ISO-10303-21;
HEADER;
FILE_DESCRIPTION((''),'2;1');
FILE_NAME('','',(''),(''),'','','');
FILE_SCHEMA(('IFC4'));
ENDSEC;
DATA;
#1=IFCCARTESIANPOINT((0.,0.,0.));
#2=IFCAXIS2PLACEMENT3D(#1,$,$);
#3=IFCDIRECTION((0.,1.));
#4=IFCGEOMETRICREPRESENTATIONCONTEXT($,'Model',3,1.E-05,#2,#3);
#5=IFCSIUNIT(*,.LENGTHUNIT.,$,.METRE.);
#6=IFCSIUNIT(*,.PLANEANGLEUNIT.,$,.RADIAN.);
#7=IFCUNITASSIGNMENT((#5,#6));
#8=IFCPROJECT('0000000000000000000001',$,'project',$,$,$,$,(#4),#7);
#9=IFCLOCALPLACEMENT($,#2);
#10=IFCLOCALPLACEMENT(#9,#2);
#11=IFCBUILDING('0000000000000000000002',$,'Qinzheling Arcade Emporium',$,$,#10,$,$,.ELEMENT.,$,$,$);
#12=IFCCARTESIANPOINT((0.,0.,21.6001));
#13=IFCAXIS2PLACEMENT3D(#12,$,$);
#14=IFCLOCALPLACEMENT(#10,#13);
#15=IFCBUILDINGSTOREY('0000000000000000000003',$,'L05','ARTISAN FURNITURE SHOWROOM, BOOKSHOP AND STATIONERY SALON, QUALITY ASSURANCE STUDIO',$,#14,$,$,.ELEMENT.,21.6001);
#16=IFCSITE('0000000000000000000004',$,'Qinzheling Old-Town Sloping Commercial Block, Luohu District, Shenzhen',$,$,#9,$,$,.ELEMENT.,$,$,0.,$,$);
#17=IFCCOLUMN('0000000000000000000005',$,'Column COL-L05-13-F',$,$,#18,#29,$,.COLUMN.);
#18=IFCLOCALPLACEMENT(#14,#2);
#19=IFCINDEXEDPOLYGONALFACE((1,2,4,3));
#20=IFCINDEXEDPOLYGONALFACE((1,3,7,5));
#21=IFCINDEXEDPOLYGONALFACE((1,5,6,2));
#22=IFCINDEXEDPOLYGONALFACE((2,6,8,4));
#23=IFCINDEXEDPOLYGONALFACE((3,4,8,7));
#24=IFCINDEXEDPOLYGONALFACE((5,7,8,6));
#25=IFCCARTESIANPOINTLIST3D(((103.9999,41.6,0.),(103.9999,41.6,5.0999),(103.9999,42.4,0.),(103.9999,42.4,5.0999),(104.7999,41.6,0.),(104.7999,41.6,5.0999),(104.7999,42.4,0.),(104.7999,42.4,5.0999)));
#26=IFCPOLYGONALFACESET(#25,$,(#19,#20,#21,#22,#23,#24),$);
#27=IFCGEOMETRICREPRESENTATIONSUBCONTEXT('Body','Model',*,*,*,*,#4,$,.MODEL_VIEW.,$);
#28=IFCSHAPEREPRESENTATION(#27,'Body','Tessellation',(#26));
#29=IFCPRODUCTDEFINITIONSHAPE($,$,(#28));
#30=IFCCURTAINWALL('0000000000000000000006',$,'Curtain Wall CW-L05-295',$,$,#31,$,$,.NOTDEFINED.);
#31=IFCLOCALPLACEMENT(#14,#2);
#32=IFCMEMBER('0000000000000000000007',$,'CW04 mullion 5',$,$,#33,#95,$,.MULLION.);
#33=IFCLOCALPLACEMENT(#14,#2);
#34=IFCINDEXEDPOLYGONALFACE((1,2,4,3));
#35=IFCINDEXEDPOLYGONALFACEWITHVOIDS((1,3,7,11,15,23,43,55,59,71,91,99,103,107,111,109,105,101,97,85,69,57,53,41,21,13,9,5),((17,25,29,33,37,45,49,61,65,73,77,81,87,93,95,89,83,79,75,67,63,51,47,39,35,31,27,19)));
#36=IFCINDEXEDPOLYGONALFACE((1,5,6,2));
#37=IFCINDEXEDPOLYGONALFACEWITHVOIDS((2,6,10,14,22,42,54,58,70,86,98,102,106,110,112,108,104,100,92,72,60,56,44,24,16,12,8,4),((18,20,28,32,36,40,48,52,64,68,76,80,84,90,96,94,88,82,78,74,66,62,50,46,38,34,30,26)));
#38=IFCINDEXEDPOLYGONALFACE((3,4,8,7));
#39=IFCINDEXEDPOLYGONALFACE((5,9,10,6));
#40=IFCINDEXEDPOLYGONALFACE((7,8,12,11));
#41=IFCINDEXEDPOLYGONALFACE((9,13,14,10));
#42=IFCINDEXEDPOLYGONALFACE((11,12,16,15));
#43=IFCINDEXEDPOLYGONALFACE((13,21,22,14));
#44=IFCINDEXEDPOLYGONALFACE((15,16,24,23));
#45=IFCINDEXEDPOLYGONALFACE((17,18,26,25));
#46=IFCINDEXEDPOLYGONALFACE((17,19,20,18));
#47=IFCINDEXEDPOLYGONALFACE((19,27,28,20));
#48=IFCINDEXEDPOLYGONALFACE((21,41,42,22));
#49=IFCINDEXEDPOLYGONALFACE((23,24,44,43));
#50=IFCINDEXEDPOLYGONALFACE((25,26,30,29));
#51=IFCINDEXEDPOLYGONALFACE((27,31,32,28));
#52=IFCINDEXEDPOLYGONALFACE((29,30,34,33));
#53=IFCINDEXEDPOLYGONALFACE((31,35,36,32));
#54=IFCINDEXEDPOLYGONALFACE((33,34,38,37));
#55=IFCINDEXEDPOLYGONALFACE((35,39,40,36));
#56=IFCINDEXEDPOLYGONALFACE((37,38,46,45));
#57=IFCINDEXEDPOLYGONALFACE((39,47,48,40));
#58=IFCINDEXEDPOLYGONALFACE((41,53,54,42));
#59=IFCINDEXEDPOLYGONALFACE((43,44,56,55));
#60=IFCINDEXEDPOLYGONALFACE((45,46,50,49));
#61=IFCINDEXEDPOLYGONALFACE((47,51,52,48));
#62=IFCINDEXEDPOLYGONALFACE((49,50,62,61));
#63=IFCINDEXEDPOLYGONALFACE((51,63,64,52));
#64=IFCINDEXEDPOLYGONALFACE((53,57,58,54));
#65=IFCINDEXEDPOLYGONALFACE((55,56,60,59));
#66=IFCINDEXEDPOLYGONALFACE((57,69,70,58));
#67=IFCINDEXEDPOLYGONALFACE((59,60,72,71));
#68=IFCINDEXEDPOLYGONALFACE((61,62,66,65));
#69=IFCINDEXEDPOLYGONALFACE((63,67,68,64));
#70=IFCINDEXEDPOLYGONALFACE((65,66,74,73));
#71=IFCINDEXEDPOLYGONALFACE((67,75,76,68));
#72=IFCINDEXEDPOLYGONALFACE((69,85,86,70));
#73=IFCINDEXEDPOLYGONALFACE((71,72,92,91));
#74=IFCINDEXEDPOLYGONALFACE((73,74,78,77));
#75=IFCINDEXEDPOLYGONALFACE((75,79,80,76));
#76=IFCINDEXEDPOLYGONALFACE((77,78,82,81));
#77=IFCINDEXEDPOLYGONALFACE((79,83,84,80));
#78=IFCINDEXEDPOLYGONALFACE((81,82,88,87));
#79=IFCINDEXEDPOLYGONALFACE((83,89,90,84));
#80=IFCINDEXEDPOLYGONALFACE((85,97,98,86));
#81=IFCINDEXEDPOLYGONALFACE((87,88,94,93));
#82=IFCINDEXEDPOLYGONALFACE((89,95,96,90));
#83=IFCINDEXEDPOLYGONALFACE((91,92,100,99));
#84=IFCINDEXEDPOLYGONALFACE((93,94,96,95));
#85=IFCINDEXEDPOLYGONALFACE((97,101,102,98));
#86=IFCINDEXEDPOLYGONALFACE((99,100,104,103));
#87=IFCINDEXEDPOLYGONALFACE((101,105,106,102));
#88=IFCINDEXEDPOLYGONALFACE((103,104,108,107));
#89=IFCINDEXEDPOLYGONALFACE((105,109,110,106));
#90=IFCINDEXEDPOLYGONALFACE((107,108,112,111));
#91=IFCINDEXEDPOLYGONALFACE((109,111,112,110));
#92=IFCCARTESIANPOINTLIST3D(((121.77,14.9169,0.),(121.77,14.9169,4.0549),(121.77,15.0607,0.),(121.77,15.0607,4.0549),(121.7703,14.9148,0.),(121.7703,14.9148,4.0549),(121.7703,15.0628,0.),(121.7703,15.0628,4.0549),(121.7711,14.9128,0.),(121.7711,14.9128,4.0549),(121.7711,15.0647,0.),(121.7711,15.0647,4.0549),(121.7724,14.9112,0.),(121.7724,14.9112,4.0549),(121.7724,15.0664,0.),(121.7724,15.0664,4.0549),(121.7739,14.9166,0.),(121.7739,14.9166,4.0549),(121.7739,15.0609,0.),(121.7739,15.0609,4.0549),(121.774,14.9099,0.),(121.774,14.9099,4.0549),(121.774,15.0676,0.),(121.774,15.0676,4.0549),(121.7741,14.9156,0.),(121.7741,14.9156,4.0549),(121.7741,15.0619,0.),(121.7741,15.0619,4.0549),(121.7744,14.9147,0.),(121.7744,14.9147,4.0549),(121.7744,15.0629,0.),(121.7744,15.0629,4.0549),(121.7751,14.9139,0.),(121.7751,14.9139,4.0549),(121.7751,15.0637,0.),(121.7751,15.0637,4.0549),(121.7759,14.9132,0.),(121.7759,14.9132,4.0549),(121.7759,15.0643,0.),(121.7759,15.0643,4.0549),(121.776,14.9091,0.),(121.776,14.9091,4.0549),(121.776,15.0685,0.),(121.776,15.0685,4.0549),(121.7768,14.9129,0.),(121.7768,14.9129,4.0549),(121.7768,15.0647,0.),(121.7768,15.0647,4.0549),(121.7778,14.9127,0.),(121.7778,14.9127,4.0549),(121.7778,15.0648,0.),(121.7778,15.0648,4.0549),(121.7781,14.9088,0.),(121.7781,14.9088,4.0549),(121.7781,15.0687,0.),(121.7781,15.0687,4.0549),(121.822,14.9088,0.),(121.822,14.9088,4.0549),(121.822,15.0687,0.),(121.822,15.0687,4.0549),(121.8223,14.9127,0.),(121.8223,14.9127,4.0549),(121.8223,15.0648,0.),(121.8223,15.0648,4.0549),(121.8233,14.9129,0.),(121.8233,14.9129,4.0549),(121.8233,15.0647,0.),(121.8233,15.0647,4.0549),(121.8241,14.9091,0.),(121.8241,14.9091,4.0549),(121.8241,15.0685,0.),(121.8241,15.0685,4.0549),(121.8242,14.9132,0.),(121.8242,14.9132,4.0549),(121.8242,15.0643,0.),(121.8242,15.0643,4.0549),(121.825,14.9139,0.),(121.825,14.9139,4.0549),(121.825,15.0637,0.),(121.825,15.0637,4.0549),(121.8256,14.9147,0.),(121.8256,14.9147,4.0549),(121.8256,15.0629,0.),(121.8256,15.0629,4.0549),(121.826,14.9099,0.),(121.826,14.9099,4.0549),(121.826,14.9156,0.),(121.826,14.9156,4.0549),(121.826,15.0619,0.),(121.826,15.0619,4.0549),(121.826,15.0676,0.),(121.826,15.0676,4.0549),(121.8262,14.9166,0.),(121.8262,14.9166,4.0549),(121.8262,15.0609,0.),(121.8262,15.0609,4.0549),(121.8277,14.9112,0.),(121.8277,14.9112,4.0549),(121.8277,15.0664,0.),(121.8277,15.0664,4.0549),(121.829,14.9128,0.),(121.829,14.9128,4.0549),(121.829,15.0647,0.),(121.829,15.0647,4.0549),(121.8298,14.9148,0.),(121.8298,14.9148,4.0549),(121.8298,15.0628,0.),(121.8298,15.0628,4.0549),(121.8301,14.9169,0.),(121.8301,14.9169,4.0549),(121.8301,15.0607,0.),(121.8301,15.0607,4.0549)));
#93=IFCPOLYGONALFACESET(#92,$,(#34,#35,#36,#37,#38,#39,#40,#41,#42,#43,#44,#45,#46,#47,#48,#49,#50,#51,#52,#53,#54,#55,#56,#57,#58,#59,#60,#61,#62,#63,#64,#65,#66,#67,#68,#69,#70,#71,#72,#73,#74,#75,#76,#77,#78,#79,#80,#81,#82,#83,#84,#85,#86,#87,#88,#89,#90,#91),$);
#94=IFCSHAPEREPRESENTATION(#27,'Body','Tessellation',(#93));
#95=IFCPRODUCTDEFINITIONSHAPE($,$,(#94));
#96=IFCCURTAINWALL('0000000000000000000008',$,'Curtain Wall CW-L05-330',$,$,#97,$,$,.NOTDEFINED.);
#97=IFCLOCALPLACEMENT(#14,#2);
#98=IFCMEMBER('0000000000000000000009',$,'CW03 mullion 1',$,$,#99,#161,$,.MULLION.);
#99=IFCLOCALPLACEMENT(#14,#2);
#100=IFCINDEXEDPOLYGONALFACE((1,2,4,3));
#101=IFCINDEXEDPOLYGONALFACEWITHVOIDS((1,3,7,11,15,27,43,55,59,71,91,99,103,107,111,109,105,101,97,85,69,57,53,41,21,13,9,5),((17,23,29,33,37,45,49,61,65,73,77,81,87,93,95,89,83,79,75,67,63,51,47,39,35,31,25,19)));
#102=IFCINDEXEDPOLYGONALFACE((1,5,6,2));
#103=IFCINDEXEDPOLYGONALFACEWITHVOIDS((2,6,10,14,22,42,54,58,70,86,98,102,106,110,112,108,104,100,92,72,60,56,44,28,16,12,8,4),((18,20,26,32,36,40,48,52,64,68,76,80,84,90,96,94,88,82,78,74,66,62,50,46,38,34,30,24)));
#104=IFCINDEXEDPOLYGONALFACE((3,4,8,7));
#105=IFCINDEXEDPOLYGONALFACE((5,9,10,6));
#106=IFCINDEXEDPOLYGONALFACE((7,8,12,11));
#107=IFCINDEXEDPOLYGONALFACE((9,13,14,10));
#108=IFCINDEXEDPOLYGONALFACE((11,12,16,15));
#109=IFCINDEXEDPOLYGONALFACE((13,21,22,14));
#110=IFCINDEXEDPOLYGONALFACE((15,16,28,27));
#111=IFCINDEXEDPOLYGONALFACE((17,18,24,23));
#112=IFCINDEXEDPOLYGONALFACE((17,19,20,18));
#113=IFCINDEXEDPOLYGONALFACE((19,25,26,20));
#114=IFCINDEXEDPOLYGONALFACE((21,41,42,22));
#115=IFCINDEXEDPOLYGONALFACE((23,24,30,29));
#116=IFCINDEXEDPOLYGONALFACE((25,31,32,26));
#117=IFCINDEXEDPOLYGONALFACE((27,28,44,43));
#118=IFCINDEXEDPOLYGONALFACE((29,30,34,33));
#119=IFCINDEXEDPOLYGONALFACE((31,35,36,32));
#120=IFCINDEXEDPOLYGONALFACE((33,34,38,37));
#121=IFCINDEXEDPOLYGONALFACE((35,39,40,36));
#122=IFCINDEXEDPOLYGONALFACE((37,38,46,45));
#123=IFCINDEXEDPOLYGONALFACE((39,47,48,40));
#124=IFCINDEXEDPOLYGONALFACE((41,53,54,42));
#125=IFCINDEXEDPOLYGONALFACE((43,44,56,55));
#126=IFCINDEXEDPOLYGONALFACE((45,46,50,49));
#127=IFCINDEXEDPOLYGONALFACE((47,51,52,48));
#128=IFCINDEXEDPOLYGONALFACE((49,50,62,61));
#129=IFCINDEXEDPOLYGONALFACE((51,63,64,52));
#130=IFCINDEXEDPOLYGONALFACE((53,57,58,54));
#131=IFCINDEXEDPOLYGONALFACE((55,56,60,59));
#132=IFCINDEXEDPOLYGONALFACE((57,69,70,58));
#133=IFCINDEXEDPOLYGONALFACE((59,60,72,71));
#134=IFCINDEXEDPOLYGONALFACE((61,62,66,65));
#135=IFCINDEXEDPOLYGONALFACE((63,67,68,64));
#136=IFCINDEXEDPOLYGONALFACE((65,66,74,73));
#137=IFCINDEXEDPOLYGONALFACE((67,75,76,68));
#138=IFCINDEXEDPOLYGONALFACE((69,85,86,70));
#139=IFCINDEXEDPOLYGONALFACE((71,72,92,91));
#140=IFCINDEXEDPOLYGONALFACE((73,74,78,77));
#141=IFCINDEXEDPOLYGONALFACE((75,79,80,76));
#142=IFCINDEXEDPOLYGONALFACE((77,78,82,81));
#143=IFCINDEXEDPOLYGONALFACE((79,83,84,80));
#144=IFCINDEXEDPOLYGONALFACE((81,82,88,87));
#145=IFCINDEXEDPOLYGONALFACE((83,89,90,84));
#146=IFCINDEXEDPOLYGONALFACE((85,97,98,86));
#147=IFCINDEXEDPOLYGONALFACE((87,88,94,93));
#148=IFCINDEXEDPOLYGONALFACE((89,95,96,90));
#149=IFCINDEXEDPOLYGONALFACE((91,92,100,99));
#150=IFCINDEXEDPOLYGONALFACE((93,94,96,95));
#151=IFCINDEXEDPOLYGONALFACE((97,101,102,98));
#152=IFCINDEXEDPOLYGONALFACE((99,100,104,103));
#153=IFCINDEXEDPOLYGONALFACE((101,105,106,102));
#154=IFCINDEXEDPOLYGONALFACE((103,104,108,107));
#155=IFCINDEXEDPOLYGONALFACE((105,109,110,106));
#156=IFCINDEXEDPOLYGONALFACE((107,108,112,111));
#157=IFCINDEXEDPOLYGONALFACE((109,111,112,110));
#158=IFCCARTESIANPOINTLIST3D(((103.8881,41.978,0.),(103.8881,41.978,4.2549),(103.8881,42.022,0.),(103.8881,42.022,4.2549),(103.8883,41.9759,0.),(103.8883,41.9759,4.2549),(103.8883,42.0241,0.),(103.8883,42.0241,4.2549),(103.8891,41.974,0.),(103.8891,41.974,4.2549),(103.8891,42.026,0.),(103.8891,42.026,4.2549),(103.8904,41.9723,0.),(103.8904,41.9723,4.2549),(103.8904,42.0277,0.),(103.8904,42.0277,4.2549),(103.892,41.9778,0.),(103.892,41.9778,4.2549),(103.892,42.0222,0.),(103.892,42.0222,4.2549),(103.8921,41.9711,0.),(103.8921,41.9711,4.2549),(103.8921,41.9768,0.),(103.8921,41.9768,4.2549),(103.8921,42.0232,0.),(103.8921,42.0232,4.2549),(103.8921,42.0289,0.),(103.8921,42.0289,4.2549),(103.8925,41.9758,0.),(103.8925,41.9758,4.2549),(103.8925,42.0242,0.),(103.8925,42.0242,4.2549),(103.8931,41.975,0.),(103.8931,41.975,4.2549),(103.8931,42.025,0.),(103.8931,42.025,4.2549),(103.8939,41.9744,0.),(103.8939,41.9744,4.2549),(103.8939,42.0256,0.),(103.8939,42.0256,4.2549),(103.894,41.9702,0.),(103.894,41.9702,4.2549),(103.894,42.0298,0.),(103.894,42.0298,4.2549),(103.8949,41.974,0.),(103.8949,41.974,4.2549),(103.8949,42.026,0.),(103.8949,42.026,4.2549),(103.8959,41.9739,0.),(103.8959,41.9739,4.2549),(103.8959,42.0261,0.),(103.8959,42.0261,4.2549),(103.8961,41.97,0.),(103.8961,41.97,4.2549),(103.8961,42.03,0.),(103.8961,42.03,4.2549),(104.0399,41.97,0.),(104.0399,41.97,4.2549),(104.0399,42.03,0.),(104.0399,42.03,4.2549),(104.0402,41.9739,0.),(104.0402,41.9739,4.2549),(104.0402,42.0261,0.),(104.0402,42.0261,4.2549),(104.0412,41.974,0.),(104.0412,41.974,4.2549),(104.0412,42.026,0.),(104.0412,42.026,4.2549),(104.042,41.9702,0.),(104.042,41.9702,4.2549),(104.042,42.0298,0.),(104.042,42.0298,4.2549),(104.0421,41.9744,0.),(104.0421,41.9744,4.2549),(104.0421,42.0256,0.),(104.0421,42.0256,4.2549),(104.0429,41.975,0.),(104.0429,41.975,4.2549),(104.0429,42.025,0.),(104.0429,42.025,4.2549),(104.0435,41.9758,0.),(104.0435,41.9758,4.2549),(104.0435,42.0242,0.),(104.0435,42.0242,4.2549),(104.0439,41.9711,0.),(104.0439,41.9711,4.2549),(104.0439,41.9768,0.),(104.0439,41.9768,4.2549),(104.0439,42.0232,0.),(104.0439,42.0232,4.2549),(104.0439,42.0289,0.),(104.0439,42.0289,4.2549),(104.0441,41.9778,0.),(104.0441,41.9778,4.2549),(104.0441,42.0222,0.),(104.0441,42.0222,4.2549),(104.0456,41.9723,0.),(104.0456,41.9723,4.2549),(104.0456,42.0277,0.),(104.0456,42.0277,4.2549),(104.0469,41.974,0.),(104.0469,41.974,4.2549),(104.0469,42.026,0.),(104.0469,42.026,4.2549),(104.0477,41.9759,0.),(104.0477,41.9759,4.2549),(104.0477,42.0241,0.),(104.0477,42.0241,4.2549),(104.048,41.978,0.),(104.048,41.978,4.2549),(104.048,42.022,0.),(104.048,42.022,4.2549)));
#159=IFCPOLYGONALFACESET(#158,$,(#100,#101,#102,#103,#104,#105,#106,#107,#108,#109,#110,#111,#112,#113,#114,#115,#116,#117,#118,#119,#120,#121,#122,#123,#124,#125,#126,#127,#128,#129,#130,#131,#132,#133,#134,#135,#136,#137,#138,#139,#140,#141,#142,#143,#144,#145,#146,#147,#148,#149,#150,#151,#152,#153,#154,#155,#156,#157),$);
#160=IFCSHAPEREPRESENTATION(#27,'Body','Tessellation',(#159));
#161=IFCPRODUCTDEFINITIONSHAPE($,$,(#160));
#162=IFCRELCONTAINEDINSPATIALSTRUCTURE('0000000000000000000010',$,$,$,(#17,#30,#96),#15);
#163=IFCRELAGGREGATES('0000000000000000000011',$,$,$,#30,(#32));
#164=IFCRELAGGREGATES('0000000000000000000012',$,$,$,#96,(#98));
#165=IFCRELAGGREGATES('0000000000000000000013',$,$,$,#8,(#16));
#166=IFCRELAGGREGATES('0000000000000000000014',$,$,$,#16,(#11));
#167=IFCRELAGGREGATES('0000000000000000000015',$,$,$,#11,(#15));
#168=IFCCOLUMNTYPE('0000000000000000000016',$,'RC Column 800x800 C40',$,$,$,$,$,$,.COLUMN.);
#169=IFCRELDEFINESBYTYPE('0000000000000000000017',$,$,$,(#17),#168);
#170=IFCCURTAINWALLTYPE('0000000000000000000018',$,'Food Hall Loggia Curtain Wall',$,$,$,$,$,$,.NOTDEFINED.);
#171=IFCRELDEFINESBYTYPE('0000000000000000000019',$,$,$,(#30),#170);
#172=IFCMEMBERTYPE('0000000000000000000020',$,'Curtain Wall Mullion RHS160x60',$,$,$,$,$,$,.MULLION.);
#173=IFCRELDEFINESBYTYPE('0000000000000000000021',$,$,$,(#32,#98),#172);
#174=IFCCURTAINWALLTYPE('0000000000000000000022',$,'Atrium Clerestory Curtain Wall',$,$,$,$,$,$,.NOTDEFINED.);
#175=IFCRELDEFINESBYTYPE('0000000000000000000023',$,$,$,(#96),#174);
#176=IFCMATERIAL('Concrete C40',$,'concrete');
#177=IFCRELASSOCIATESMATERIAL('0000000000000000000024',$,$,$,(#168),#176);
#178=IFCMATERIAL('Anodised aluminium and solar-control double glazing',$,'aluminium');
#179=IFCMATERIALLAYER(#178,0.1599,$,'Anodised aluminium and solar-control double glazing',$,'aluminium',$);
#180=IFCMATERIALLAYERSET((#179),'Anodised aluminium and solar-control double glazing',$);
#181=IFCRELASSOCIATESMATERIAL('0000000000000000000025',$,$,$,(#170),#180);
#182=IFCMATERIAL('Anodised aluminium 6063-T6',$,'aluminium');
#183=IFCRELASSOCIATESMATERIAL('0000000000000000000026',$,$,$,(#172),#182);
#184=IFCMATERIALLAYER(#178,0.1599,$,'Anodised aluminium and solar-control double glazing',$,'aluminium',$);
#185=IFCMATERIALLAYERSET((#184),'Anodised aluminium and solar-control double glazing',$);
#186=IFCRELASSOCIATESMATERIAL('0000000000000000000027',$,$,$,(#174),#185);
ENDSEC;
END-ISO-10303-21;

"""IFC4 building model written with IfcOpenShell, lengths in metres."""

from ifc_helpers import new_model, si_unit, direction, frame, origin, origin_2d, place, context, subcontext, project, spatial, rectangle, hollow_rectangle, extrude, material, layer, layer_set, material_profile, profile_set, type_object, element, aggregate, save


model = new_model("IFC4")

# Units and contexts
model_context = context("Model", 3, precision=1e-05, world=origin(), true_north=direction((0.0, 1.0)))
body_context = subcontext(model_context, "Body", "Model", "MODEL_VIEW")
ifc_project = project(units=[si_unit("LENGTHUNIT", "METRE"), si_unit("PLANEANGLEUNIT", "RADIAN")], contexts=[model_context])

# Site, building, storey
site_placement = place(None, origin())
site = spatial("IfcSite", under=ifc_project, at=site_placement, Name="Qinzheling Old-Town Sloping Commercial Block, Luohu District, Shenzhen", CompositionType="ELEMENT", RefElevation=0.0)
building_placement = place(site_placement, origin())
building = spatial("IfcBuilding", under=site, at=building_placement, Name="Qinzheling Arcade Emporium", CompositionType="ELEMENT")
storey_placement = place(building_placement, frame((0.0, 0.0, 21.6001)))
storey = spatial("IfcBuildingStorey", under=building, at=storey_placement, Name="L05", Description="ARTISAN FURNITURE SHOWROOM, BOOKSHOP AND STATIONERY SALON, QUALITY ASSURANCE STUDIO", CompositionType="ELEMENT", Elevation=21.6001)

# Column
ifc_material_1 = material(Name="Concrete C40", Category="concrete")
ifc_material_profile_1 = material_profile(ifc_material_1, rectangle(XDim=0.8, YDim=0.8, at=origin_2d()), Name="RC 800x800", Category="concrete")
ifc_profile_set_1 = profile_set([ifc_material_profile_1], Name="Concrete C40")
column_type = type_object("IfcColumnType", Name="RC Column 800x800 C40", PredefinedType="COLUMN", material=ifc_profile_set_1)
column_placement = place(storey_placement, frame((104.3999, 42.0, 0.0), z_axis=(0.0, 0.0, 1.0), x_axis=(1.0, 0.0, 0.0)))
element("IfcColumn", 1, at=column_placement, inside=storey, type_object=column_type, Name="Column COL-L05-13-F", PredefinedType="COLUMN", context=body_context, shape_type="SweptSolid", body=[
    extrude(rectangle(XDim=0.8, YDim=0.8, at=origin_2d()), origin(), (0.0, 0.0, 1.0), 5.0999),
])

# Curtain wall, member
ifc_material_2 = material(Name="Anodised aluminium and solar-control double glazing", Category="aluminium")
ifc_layer_1 = layer(ifc_material_2, 0.1599, Name="Anodised aluminium and solar-control double glazing", Category="aluminium")
ifc_layer_set_1 = layer_set([ifc_layer_1], Name="Anodised aluminium and solar-control double glazing")
curtain_wall_type_1 = type_object("IfcCurtainWallType", Name="Food Hall Loggia Curtain Wall", PredefinedType="NOTDEFINED", material=ifc_layer_set_1)
curtain_wall_1_placement = place(storey_placement, origin())
curtain_wall_1 = element("IfcCurtainWall", 2, at=curtain_wall_1_placement, inside=storey, type_object=curtain_wall_type_1, Name="Curtain Wall CW-L05-295", PredefinedType="NOTDEFINED")
ifc_material_3 = material(Name="Anodised aluminium 6063-T6", Category="aluminium")
ifc_material_profile_2 = material_profile(ifc_material_3, hollow_rectangle(XDim=0.0601, YDim=0.1599, WallThickness=0.0039, InnerFilletRadius=0.0039, OuterFilletRadius=0.0081, at=origin_2d()), Name="RHS 160x60x4", Category="aluminium")
ifc_profile_set_2 = profile_set([ifc_material_profile_2], Name="Anodised aluminium 6063-T6")
member_type_1 = type_object("IfcMemberType", Name="Curtain Wall Mullion RHS160x60", PredefinedType="MULLION", material=ifc_profile_set_2)
member_1_placement = place(storey_placement, frame((121.8, 14.9888, 0.0), z_axis=(0.0, 0.0, 1.0), x_axis=(-1.0, 0.0, 0.0)))
member_1 = element("IfcMember", 3, at=member_1_placement, type_object=member_type_1, Name="CW04 mullion 5", PredefinedType="MULLION", context=body_context, shape_type="SweptSolid", body=[
    extrude(hollow_rectangle(XDim=0.0601, YDim=0.1599, WallThickness=0.0039, InnerFilletRadius=0.0039, OuterFilletRadius=0.0081, at=origin_2d()), origin(), (0.0, 0.0, 1.0), 4.0549),
])

# Curtain wall, member
ifc_layer_2 = layer(ifc_material_2, 0.1599, Name="Anodised aluminium and solar-control double glazing", Category="aluminium")
ifc_layer_set_2 = layer_set([ifc_layer_2], Name="Anodised aluminium and solar-control double glazing")
curtain_wall_type_2 = type_object("IfcCurtainWallType", Name="Atrium Clerestory Curtain Wall", PredefinedType="NOTDEFINED", material=ifc_layer_set_2)
curtain_wall_2_placement = place(storey_placement, origin())
curtain_wall_2 = element("IfcCurtainWall", 4, at=curtain_wall_2_placement, inside=storey, type_object=curtain_wall_type_2, Name="Curtain Wall CW-L05-330", PredefinedType="NOTDEFINED")
member_2_placement = place(storey_placement, frame((103.968, 42.0, 0.0), z_axis=(0.0, 0.0, 1.0), x_axis=(0.0, -1.0, 0.0)))
member_2 = element("IfcMember", 5, at=member_2_placement, type_object=member_type_1, Name="CW03 mullion 1", PredefinedType="MULLION", context=body_context, shape_type="SweptSolid", body=[
    extrude(hollow_rectangle(XDim=0.0601, YDim=0.1599, WallThickness=0.0039, InnerFilletRadius=0.0039, OuterFilletRadius=0.0081, at=origin_2d()), origin(), (0.0, 0.0, 1.0), 4.2549),
])

aggregate(curtain_wall_1, [member_1])
aggregate(curtain_wall_2, [member_2])

save(model, "model.ifc")
